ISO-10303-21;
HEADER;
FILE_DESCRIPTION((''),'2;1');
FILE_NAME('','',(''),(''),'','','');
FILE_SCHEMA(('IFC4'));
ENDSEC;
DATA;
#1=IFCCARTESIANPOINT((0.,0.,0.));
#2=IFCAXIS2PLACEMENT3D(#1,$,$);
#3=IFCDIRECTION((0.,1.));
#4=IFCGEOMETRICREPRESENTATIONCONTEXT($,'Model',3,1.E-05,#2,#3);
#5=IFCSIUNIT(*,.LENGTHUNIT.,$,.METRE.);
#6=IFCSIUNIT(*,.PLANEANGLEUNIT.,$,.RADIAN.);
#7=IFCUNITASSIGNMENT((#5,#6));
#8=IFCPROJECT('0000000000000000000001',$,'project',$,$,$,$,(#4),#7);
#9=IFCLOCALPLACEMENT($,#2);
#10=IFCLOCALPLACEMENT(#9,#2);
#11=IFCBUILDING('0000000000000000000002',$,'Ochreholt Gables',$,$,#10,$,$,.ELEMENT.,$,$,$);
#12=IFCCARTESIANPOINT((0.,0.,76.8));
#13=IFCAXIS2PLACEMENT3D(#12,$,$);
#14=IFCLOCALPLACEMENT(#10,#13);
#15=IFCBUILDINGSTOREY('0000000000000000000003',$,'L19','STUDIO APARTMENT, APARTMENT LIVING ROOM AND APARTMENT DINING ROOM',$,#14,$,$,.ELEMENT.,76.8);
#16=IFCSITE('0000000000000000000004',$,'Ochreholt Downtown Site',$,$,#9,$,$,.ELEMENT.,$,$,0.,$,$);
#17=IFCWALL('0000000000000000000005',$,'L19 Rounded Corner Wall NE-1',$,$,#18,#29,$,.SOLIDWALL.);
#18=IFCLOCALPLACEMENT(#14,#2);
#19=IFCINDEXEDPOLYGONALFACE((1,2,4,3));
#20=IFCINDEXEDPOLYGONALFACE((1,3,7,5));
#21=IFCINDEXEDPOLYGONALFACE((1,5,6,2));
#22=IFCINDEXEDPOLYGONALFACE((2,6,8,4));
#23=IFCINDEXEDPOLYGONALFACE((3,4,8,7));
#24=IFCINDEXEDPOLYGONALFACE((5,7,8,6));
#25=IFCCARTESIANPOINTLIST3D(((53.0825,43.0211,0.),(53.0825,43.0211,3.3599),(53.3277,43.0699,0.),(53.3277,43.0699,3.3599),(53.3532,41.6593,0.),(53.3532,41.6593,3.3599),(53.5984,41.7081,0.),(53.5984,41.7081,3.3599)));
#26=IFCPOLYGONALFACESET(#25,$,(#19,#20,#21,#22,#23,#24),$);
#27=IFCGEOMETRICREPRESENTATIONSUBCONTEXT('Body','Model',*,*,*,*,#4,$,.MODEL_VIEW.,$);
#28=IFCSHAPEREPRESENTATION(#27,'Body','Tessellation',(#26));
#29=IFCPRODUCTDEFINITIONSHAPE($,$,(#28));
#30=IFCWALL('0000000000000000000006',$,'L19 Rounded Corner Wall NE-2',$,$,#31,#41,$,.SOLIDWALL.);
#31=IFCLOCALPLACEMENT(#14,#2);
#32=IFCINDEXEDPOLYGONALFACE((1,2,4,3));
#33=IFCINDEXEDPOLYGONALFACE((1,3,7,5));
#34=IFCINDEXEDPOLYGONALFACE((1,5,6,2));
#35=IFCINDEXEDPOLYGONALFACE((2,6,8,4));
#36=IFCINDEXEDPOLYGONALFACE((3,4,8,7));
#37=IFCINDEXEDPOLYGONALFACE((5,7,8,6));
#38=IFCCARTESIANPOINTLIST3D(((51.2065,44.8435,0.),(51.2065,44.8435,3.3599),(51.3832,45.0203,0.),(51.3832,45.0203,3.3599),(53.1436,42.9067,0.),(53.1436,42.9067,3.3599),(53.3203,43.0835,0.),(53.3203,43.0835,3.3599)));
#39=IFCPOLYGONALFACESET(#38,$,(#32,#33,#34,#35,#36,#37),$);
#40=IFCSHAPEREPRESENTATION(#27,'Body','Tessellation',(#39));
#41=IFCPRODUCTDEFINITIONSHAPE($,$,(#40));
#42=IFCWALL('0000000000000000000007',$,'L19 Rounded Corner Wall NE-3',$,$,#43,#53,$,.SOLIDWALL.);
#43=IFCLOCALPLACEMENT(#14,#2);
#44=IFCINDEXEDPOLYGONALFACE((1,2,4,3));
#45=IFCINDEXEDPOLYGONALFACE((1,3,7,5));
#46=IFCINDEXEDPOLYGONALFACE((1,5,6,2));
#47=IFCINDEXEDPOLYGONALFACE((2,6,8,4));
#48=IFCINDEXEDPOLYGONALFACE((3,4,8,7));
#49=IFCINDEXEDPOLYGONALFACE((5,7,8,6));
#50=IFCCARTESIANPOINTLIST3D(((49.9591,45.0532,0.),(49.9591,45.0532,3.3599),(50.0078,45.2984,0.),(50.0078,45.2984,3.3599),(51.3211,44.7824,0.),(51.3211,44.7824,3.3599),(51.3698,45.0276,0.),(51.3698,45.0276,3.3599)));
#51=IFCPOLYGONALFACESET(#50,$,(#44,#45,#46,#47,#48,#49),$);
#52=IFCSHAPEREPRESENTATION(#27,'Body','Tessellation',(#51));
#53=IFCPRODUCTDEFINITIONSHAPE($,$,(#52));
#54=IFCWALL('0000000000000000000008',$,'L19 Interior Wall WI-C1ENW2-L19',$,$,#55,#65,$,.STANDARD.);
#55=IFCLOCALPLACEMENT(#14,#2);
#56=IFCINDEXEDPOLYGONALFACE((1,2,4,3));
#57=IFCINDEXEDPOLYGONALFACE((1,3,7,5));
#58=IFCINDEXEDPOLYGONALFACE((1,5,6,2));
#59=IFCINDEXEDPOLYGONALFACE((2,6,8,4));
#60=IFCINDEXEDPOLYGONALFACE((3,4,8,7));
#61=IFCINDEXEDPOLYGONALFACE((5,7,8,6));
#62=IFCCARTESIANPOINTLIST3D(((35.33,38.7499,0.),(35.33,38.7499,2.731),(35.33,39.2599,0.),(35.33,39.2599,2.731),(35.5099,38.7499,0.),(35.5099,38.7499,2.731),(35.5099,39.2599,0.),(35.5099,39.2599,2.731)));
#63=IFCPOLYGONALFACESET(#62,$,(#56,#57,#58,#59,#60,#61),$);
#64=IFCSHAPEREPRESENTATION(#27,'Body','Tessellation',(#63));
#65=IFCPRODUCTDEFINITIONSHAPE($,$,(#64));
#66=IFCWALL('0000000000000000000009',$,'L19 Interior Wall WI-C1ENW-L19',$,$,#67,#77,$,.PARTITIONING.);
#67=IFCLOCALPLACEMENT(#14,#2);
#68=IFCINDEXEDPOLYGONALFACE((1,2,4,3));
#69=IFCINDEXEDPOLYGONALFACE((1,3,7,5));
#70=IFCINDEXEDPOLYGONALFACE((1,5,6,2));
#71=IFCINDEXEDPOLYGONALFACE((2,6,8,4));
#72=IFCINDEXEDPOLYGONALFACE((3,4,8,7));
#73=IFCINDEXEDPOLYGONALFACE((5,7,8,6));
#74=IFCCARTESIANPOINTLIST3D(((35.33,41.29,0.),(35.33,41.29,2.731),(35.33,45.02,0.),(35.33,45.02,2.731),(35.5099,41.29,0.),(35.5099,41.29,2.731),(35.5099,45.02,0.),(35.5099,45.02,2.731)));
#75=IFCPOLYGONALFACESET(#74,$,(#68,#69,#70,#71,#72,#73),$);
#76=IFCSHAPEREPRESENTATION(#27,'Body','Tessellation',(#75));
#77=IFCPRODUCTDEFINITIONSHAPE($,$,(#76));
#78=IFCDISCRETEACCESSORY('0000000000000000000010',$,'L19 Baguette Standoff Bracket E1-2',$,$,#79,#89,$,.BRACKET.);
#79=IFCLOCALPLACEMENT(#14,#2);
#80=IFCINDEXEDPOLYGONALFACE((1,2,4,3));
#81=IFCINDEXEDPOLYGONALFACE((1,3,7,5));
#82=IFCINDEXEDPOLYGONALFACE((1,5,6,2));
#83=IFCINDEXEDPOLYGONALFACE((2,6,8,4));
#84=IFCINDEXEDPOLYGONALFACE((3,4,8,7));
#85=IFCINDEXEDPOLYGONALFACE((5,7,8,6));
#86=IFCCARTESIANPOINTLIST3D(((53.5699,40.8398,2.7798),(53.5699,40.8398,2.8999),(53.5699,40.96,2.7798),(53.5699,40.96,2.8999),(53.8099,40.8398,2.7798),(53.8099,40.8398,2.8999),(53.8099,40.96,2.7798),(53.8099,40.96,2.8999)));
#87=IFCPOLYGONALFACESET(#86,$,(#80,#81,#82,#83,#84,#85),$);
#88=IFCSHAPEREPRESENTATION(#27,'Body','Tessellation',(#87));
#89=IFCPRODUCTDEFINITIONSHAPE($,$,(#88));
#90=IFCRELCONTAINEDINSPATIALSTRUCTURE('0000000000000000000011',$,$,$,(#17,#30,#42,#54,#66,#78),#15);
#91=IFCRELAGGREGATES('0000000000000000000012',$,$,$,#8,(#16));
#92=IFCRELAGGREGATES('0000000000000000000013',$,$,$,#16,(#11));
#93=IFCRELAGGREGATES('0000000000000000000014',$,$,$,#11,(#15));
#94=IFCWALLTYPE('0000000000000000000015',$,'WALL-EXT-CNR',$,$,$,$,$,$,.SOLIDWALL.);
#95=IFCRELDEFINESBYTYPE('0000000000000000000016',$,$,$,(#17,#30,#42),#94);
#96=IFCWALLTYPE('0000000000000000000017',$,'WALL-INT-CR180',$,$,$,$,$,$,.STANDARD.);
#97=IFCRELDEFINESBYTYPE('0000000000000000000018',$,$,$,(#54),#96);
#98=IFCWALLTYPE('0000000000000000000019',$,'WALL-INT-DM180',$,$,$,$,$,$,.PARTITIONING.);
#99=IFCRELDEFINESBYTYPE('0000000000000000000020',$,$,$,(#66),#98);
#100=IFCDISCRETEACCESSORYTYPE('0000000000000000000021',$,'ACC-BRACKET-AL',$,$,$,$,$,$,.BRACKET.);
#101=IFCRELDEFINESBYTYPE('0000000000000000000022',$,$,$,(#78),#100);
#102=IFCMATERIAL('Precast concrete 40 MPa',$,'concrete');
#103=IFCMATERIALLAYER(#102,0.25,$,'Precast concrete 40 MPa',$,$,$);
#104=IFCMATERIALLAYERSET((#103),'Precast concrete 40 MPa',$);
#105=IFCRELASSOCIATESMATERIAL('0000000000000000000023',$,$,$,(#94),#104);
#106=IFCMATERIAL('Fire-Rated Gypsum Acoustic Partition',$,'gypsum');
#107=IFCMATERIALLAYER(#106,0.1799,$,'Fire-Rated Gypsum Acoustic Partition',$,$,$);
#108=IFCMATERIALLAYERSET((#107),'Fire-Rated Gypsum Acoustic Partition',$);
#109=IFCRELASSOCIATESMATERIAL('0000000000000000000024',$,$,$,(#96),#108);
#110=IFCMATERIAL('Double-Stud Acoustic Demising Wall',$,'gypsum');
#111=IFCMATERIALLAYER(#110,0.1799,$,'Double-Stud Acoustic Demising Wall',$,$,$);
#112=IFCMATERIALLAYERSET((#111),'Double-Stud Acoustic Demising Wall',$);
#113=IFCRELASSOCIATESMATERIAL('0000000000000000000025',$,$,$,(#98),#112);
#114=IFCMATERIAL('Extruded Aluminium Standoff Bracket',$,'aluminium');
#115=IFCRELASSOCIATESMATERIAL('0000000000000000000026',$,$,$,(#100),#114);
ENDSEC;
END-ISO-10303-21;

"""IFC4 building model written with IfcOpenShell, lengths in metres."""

from ifc_helpers import new_model, si_unit, direction, frame, frame_2d, origin, origin_2d, place, context, subcontext, project, spatial, rectangle, extrude, material, layer, layer_set, type_object, element, save


model = new_model("IFC4")

# Units and contexts
model_context = context("Model", 3, precision=1e-05, world=origin(), true_north=direction((0.0, 1.0)))
body_context = subcontext(model_context, "Body", "Model", "MODEL_VIEW")
ifc_project = project(units=[si_unit("LENGTHUNIT", "METRE"), si_unit("PLANEANGLEUNIT", "RADIAN")], contexts=[model_context])

# Site, building, storey
site_placement = place(None, origin())
site = spatial("IfcSite", under=ifc_project, at=site_placement, Name="Ochreholt Downtown Site", CompositionType="ELEMENT", RefElevation=0.0)
building_placement = place(site_placement, origin())
building = spatial("IfcBuilding", under=site, at=building_placement, Name="Ochreholt Gables", CompositionType="ELEMENT")
storey_placement = place(building_placement, frame((0.0, 0.0, 76.8)))
storey = spatial("IfcBuildingStorey", under=building, at=storey_placement, Name="L19", Description="STUDIO APARTMENT, APARTMENT LIVING ROOM AND APARTMENT DINING ROOM", CompositionType="ELEMENT", Elevation=76.8)

# Shared definitions
ifc_material_1 = material(Name="Precast concrete 40 MPa", Category="concrete")

# Walls
ifc_layer_1 = layer(ifc_material_1, 0.25, Name="Precast concrete 40 MPa")
ifc_layer_set_1 = layer_set([ifc_layer_1], Name="Precast concrete 40 MPa")
wall_type_1 = type_object("IfcWallType", Name="WALL-EXT-CNR", PredefinedType="SOLIDWALL", material=ifc_layer_set_1)
wall_1_placement = place(storey_placement, frame((53.4758, 41.6836, 0.0), z_axis=(0.0, 0.0, 1.0), x_axis=(-0.195, 0.980803, 0.0)))
element("IfcWall", 1, at=wall_1_placement, inside=storey, type_object=wall_type_1, Name="L19 Rounded Corner Wall NE-1", PredefinedType="SOLIDWALL", context=body_context, shape_type="SweptSolid", body=[
    extrude(rectangle(XDim=1.3884, YDim=0.25, at=frame_2d((0.6943, 0.0))), origin(), (0.0, 0.0, 1.0), 3.3599),
])
wall_2_placement = place(storey_placement, frame((53.2319, 42.9951, 0.0), z_axis=(0.0, 0.0, 1.0), x_axis=(-0.707151, 0.707062, 0.0)))
element("IfcWall", 2, at=wall_2_placement, inside=storey, type_object=wall_type_1, Name="L19 Rounded Corner Wall NE-2", PredefinedType="SOLIDWALL", context=body_context, shape_type="SweptSolid", body=[
    extrude(rectangle(XDim=2.7393, YDim=0.25, at=frame_2d((1.3696, 0.0))), origin(), (0.0, 0.0, 1.0), 3.3599),
])
wall_3_placement = place(storey_placement, frame((51.3455, 44.905, 0.0), z_axis=(0.0, 0.0, 1.0), x_axis=(-0.98081, 0.194967, 0.0)))
element("IfcWall", 3, at=wall_3_placement, inside=storey, type_object=wall_type_1, Name="L19 Rounded Corner Wall NE-3", PredefinedType="SOLIDWALL", context=body_context, shape_type="SweptSolid", body=[
    extrude(rectangle(XDim=1.3887, YDim=0.25, at=frame_2d((0.6943, 0.0))), origin(), (0.0, 0.0, 1.0), 3.3599),
])
ifc_material_2 = material(Name="Fire-Rated Gypsum Acoustic Partition", Category="gypsum")
ifc_layer_2 = layer(ifc_material_2, 0.1799, Name="Fire-Rated Gypsum Acoustic Partition")
ifc_layer_set_2 = layer_set([ifc_layer_2], Name="Fire-Rated Gypsum Acoustic Partition")
wall_type_2 = type_object("IfcWallType", Name="WALL-INT-CR180", PredefinedType="STANDARD", material=ifc_layer_set_2)
wall_4_placement = place(storey_placement, frame((35.4199, 38.75, 0.0), z_axis=(0.0, 0.0, 1.0), x_axis=(0.0, 1.0, 0.0)))
element("IfcWall", 4, at=wall_4_placement, inside=storey, type_object=wall_type_2, Name="L19 Interior Wall WI-C1ENW2-L19", PredefinedType="STANDARD", context=body_context, shape_type="SweptSolid", body=[
    extrude(rectangle(XDim=0.51, YDim=0.1799, at=frame_2d((0.2549, 0.0))), origin(), (0.0, 0.0, 1.0), 2.731),
])
ifc_material_3 = material(Name="Double-Stud Acoustic Demising Wall", Category="gypsum")
ifc_layer_3 = layer(ifc_material_3, 0.1799, Name="Double-Stud Acoustic Demising Wall")
ifc_layer_set_3 = layer_set([ifc_layer_3], Name="Double-Stud Acoustic Demising Wall")
wall_type_3 = type_object("IfcWallType", Name="WALL-INT-DM180", PredefinedType="PARTITIONING", material=ifc_layer_set_3)
wall_5_placement = place(storey_placement, frame((35.4199, 41.29, 0.0), z_axis=(0.0, 0.0, 1.0), x_axis=(0.0, 1.0, 0.0)))
element("IfcWall", 5, at=wall_5_placement, inside=storey, type_object=wall_type_3, Name="L19 Interior Wall WI-C1ENW-L19", PredefinedType="PARTITIONING", context=body_context, shape_type="SweptSolid", body=[
    extrude(rectangle(XDim=3.73, YDim=0.1799, at=frame_2d((1.865, 0.0))), origin(), (0.0, 0.0, 1.0), 2.731),
])

# Discrete accessory
ifc_material_4 = material(Name="Extruded Aluminium Standoff Bracket", Category="aluminium")
discrete_accessory_type = type_object("IfcDiscreteAccessoryType", Name="ACC-BRACKET-AL", PredefinedType="BRACKET", material=ifc_material_4)
discrete_accessory_placement = place(storey_placement, frame((53.6899, 40.8999, 2.7798), z_axis=(0.0, 0.0, 1.0), x_axis=(0.0, 1.0, 0.0)))
element("IfcDiscreteAccessory", 6, at=discrete_accessory_placement, inside=storey, type_object=discrete_accessory_type, Name="L19 Baguette Standoff Bracket E1-2", PredefinedType="BRACKET", context=body_context, shape_type="SweptSolid", body=[
    extrude(rectangle(XDim=0.1201, YDim=0.24, at=origin_2d()), origin(), (0.0, 0.0, 1.0), 0.1201),
])

save(model, "model.ifc")
